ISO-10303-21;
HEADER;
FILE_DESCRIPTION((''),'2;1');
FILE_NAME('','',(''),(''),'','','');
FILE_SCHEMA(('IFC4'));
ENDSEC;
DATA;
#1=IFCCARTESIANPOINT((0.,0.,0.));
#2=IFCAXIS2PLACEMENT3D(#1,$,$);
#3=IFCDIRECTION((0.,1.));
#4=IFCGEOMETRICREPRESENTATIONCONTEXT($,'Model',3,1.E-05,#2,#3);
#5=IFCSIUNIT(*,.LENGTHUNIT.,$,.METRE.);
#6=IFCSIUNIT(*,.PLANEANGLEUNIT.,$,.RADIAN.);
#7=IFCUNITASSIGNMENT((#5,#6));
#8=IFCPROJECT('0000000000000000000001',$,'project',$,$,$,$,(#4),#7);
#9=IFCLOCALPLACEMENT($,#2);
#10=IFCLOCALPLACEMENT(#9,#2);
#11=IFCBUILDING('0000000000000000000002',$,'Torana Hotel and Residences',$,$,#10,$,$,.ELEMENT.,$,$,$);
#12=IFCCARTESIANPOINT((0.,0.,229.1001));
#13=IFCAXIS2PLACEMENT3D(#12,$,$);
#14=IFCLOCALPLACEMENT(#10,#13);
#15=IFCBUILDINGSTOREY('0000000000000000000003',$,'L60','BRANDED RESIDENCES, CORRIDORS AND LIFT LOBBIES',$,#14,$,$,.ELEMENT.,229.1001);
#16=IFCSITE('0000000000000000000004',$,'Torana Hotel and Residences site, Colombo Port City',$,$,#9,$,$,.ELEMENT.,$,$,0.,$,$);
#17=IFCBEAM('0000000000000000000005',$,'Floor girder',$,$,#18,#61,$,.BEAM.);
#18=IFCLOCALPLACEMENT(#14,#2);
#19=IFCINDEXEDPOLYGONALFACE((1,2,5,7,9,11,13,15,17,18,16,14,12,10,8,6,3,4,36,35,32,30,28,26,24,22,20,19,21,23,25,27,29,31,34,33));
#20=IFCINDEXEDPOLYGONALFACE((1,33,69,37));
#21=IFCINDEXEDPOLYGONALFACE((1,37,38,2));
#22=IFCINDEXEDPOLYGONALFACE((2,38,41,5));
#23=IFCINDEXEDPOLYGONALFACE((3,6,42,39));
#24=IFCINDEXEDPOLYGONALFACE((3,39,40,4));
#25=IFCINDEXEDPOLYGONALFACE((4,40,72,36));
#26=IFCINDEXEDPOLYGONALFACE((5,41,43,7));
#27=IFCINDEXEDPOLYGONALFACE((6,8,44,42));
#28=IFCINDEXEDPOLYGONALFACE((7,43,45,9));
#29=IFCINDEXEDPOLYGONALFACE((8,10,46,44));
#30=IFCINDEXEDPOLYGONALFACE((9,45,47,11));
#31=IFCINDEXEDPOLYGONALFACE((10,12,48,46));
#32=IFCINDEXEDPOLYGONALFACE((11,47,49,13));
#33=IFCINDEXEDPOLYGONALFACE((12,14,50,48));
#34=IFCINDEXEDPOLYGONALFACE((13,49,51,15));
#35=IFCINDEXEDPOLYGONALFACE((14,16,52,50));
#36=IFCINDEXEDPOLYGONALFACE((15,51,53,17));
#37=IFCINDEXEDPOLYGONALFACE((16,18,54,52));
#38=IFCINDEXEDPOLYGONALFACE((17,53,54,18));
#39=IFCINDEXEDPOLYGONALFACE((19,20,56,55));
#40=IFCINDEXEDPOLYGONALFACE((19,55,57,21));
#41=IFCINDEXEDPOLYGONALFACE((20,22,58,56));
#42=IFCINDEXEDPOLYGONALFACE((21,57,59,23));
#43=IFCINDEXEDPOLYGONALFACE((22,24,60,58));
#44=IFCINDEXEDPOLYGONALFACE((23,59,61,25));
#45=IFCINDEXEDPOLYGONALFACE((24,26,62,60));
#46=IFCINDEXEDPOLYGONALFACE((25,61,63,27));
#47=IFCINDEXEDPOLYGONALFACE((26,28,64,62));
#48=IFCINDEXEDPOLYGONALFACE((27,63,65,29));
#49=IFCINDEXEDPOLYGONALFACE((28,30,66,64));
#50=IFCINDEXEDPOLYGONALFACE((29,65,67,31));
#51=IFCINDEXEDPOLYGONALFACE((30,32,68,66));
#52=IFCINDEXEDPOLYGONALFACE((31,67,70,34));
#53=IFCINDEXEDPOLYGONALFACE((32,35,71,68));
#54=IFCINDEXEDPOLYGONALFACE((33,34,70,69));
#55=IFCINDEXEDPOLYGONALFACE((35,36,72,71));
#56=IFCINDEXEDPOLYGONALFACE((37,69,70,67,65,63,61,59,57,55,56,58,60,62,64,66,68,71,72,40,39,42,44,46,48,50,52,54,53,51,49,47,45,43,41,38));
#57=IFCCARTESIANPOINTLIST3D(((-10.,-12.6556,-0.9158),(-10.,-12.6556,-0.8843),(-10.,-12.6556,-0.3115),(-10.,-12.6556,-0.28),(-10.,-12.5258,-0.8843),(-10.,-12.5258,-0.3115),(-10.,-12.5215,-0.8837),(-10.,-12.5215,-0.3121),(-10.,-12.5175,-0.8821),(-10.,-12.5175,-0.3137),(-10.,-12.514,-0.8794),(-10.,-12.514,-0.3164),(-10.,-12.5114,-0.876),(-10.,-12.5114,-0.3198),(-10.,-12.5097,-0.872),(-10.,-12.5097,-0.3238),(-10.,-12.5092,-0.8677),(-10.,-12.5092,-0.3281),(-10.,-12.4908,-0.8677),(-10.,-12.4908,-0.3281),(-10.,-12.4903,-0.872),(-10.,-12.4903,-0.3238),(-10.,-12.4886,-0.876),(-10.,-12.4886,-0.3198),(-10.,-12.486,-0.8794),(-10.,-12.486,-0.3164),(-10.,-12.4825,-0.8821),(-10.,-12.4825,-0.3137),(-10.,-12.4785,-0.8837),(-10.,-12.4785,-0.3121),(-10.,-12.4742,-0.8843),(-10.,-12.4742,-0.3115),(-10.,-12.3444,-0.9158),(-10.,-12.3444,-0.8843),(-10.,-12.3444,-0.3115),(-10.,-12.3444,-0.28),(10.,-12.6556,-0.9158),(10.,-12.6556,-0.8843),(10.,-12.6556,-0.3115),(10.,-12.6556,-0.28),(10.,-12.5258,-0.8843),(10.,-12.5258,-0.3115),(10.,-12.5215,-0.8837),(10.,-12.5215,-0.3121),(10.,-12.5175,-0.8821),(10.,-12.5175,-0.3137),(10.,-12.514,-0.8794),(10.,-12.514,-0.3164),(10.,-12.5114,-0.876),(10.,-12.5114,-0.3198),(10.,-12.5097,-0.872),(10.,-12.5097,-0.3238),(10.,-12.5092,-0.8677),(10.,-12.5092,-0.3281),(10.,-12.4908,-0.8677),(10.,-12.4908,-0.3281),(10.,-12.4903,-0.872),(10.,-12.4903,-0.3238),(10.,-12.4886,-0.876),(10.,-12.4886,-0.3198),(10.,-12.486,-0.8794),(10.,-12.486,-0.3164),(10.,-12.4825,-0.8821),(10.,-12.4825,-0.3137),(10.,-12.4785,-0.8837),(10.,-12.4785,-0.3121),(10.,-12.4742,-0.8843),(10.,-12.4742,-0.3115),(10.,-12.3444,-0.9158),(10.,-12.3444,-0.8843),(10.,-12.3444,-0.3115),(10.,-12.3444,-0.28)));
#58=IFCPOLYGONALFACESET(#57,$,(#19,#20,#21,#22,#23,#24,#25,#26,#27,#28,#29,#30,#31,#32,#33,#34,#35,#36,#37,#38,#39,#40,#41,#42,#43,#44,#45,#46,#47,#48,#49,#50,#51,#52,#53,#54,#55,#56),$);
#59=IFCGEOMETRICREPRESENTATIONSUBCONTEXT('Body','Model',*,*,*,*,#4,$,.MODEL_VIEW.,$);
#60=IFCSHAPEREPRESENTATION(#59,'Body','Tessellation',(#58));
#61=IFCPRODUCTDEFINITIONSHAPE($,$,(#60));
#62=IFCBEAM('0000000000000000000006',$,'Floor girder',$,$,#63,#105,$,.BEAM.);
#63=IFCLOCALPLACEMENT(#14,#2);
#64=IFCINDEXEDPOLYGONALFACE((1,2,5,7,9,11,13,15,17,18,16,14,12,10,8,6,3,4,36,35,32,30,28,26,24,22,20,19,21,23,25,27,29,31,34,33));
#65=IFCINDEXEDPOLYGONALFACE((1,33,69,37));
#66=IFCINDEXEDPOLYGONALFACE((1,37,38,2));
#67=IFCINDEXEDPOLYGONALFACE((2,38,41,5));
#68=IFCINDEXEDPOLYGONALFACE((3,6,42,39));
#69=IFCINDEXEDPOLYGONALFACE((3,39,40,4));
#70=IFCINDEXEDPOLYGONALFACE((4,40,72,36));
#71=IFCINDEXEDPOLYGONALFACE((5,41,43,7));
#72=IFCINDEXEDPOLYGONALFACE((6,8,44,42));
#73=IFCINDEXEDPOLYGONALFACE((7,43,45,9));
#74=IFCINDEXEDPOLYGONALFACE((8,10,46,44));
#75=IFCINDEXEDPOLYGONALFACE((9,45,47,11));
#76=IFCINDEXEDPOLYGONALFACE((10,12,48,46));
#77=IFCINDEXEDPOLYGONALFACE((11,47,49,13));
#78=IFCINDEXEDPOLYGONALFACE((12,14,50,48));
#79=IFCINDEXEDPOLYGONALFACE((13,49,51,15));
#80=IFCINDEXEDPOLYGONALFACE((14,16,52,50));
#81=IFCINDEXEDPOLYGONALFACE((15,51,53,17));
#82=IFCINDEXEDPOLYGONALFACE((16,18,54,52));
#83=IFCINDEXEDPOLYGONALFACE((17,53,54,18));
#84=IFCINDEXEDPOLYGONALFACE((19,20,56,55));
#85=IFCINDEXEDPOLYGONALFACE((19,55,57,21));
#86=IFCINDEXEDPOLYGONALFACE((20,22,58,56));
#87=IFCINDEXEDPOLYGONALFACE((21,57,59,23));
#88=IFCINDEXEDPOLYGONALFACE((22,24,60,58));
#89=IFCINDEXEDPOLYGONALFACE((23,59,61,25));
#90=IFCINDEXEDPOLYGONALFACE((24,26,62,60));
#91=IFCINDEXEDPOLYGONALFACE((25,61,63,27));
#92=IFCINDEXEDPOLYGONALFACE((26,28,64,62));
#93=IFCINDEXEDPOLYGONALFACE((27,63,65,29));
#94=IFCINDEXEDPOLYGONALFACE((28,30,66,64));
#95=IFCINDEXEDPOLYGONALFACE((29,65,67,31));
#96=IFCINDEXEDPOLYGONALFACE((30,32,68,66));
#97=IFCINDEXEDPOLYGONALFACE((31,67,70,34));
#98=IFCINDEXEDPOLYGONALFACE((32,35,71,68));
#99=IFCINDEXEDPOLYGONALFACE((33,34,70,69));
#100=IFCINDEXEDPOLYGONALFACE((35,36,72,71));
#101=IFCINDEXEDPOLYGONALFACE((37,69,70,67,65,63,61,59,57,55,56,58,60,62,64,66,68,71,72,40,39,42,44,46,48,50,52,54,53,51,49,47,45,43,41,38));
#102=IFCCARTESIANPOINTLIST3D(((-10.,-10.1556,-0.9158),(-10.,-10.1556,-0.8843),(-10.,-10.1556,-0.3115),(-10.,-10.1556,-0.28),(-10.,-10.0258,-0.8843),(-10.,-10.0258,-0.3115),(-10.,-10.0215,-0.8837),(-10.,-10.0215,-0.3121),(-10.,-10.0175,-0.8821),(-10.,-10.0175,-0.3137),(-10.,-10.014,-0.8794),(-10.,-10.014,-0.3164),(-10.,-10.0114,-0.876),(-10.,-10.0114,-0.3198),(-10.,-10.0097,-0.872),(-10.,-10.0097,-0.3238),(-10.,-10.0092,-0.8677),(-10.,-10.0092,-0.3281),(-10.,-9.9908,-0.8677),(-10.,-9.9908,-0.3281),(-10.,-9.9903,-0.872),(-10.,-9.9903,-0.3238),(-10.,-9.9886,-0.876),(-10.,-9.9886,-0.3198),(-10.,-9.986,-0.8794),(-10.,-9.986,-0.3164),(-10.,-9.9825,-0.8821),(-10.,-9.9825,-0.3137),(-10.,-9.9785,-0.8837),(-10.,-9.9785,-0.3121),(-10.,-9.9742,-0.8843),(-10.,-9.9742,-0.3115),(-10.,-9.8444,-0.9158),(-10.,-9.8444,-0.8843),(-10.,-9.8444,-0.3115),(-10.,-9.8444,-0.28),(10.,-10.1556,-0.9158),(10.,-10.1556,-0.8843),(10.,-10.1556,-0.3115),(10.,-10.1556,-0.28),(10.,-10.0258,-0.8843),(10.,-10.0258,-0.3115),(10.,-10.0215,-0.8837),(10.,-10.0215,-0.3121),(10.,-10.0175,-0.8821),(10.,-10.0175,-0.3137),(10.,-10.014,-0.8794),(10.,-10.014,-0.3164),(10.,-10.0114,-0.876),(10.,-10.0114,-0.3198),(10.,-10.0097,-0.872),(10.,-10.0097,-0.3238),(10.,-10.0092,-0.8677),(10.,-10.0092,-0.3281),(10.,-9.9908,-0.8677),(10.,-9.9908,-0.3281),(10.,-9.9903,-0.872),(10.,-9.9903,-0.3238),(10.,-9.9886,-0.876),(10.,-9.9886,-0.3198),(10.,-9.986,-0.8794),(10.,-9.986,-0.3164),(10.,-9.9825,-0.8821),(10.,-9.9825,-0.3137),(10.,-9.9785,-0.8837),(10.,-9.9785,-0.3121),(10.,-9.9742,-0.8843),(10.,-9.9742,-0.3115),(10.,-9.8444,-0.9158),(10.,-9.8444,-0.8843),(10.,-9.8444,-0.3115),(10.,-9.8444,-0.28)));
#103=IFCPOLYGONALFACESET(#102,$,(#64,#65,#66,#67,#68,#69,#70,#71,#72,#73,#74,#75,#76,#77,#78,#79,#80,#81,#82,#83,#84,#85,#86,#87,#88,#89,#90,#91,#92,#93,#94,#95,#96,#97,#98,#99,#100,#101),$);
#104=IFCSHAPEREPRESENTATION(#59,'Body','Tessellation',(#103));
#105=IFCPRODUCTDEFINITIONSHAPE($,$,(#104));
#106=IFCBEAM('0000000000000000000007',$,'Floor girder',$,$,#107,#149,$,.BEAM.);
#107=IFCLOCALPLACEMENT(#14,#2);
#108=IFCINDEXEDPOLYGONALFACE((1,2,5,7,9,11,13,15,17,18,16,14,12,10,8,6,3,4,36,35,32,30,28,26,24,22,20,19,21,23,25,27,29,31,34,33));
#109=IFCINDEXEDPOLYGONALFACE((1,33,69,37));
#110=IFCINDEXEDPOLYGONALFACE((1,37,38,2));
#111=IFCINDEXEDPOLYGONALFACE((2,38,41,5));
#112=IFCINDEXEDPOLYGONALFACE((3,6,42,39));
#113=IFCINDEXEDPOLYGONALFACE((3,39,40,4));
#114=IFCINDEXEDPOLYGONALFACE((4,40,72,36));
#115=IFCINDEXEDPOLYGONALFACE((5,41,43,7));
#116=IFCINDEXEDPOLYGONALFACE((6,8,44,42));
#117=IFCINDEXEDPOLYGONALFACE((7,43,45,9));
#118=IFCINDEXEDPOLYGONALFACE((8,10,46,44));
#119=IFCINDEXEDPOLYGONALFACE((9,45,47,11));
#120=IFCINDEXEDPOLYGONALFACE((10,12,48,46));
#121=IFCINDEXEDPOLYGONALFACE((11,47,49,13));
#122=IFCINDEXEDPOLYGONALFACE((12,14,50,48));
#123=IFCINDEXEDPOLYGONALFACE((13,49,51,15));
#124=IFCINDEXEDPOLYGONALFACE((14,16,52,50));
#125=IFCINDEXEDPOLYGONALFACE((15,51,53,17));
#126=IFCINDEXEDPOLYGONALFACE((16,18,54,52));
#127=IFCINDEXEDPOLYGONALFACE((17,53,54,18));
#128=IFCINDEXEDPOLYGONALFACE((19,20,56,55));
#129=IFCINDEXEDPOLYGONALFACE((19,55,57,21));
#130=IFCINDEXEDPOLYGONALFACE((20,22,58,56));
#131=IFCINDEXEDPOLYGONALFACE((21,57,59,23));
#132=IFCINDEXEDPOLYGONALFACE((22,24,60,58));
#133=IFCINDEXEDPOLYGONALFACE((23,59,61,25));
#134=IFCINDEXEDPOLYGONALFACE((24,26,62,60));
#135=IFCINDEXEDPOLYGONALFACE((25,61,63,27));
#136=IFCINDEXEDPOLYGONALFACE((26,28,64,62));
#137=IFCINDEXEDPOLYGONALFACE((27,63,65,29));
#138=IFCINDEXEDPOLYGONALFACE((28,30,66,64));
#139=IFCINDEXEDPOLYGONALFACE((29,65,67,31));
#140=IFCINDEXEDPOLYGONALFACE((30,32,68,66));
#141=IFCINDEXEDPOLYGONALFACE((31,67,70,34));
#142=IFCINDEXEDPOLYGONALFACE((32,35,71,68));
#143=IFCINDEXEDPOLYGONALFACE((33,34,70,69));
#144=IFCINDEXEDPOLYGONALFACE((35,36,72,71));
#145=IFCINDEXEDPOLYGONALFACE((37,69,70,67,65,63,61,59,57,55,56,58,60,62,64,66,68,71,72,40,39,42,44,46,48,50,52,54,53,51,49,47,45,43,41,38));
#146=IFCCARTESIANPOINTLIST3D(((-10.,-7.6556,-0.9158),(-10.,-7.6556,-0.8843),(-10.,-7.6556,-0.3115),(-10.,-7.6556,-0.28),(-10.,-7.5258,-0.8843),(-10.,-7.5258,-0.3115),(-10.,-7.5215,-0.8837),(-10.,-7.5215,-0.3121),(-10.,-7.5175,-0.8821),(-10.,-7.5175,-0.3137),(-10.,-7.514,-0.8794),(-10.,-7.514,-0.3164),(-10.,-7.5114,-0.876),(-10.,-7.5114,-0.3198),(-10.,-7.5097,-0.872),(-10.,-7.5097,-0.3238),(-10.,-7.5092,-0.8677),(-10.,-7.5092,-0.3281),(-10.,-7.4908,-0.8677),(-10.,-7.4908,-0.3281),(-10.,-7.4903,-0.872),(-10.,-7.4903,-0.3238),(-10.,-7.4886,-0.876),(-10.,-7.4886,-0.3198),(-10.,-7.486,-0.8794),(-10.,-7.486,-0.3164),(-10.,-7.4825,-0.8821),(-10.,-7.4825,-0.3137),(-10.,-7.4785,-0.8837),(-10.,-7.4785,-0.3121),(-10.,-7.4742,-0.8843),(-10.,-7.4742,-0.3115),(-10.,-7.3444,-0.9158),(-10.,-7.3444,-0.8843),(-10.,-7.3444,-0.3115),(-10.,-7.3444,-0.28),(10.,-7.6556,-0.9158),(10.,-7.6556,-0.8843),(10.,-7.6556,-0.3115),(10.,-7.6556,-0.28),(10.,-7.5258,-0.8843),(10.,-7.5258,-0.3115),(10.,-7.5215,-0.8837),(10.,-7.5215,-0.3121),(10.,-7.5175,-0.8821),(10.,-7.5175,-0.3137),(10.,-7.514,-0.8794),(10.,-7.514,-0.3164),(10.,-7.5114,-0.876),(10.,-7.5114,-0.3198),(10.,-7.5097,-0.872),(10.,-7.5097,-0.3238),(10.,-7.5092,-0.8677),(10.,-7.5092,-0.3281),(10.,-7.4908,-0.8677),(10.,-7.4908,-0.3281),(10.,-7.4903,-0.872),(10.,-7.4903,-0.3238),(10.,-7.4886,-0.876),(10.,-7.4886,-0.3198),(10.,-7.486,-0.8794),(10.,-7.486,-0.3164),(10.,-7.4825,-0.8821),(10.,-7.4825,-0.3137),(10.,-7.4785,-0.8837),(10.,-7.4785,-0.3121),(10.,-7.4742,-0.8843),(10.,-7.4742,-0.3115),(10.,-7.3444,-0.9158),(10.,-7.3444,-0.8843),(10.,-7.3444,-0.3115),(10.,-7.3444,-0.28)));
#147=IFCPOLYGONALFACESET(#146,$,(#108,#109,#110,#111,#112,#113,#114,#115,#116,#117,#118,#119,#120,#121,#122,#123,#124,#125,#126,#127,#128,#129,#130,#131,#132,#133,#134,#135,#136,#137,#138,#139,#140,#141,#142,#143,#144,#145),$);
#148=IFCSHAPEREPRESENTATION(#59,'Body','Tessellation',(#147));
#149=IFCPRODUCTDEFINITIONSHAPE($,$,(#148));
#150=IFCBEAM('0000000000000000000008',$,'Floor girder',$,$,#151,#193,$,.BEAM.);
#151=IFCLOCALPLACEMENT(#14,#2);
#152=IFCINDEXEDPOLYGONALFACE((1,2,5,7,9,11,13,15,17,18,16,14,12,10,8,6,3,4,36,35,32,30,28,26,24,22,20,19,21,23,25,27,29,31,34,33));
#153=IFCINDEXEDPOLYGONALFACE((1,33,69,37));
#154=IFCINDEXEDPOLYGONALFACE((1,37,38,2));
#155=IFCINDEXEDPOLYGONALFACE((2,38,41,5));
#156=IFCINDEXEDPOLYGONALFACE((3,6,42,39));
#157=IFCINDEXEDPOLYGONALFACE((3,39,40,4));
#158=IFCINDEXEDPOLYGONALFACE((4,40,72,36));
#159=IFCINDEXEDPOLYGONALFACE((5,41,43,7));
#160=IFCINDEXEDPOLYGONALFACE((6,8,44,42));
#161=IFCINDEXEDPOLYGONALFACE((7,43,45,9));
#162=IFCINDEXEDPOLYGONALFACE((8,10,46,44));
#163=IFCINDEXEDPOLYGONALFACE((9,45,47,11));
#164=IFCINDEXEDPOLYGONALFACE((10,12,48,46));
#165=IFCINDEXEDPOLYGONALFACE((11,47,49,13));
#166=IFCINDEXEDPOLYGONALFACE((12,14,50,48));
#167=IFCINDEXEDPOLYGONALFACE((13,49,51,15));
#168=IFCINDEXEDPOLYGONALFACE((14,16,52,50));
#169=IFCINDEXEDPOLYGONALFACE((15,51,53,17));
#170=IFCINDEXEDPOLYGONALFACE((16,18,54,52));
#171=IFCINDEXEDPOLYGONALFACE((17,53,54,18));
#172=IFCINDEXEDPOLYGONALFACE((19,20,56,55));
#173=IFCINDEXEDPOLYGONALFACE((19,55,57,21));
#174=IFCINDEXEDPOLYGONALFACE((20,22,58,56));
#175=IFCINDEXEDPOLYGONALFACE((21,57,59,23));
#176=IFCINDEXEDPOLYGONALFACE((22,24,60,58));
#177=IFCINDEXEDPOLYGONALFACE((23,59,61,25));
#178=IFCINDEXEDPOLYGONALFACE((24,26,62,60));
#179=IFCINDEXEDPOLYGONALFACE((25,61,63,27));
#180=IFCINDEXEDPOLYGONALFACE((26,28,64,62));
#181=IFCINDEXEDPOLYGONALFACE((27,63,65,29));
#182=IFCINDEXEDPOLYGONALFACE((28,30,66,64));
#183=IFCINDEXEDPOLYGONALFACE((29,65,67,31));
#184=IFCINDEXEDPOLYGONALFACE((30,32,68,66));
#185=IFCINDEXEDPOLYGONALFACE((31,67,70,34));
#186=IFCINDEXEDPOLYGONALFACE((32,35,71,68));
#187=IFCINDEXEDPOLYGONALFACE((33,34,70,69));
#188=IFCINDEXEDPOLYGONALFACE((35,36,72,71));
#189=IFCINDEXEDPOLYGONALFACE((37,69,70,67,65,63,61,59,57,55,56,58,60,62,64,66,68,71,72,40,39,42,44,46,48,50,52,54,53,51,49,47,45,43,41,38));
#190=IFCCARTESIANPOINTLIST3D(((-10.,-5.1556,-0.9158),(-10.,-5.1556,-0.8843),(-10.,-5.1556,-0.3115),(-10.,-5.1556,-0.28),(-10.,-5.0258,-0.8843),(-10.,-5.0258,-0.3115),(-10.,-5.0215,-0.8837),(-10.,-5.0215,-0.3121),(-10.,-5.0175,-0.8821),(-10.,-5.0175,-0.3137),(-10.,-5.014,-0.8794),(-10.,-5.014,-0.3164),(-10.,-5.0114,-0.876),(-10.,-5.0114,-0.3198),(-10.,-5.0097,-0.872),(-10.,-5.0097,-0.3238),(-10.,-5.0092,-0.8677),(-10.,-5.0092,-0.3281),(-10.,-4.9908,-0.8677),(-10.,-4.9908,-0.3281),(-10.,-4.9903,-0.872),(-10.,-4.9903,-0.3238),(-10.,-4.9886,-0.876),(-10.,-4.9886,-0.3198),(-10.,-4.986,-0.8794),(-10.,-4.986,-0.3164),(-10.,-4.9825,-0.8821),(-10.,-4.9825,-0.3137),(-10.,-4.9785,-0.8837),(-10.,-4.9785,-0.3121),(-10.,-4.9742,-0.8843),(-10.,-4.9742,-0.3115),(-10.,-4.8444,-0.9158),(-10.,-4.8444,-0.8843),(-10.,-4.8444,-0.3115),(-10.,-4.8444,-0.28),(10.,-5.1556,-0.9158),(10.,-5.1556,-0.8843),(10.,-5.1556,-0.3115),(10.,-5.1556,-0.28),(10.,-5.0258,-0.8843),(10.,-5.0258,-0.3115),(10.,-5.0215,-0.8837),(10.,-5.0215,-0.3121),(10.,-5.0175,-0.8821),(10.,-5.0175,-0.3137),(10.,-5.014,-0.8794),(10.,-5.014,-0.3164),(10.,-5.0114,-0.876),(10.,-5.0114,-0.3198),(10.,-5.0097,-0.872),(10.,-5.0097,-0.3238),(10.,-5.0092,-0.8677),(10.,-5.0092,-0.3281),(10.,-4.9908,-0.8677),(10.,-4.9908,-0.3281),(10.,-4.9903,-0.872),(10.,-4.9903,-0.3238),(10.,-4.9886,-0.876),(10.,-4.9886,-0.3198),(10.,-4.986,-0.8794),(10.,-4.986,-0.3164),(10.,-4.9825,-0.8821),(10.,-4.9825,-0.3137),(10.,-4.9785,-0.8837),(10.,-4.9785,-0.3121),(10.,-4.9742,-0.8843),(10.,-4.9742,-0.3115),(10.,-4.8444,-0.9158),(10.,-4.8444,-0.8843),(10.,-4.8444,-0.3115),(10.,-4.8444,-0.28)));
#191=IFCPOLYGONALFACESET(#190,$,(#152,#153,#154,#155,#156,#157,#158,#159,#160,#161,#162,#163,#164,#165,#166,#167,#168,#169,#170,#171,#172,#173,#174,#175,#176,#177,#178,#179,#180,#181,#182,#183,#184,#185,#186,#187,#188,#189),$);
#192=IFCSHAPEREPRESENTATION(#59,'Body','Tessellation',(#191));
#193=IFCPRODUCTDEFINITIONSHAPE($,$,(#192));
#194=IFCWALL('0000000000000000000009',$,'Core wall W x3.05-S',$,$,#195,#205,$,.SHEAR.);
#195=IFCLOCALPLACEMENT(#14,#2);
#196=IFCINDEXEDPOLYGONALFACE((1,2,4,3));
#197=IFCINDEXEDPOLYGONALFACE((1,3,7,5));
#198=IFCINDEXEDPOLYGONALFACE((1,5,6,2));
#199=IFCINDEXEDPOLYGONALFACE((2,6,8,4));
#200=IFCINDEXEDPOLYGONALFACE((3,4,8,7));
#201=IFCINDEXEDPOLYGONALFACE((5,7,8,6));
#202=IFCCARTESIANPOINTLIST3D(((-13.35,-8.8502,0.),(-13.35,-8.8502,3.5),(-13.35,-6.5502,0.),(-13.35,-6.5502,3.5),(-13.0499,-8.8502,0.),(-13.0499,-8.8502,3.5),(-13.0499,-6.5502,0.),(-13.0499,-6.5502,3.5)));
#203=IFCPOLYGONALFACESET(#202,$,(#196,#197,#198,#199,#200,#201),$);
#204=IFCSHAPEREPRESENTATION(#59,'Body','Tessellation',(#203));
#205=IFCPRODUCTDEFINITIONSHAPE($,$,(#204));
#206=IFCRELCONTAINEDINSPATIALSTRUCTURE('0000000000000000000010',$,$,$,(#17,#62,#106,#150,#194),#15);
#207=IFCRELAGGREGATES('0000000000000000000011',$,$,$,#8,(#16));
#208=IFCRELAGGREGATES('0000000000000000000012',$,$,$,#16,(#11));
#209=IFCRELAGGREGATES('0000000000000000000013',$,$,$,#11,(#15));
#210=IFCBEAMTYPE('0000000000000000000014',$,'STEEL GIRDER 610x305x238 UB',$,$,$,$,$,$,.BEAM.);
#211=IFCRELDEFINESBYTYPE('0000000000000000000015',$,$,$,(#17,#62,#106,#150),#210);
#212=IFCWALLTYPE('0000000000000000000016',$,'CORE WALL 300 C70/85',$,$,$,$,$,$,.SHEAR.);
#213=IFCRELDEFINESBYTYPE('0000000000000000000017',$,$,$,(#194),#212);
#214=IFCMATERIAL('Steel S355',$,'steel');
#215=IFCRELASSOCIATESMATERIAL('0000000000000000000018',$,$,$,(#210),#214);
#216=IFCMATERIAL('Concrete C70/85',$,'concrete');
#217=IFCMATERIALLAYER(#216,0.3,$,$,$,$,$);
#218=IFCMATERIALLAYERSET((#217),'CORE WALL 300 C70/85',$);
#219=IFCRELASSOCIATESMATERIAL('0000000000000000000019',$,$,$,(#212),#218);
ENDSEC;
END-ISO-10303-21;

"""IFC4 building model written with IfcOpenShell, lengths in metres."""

from ifc_helpers import new_model, si_unit, direction, frame, frame_2d, origin, origin_2d, place, context, subcontext, project, spatial, rectangle, i_section, extrude, material, layer, layer_set, material_profile, profile_set, type_object, element, save


model = new_model("IFC4")

# Units and contexts
model_context = context("Model", 3, precision=1e-05, world=origin(), true_north=direction((0.0, 1.0)))
body_context = subcontext(model_context, "Body", "Model", "MODEL_VIEW")
ifc_project = project(units=[si_unit("LENGTHUNIT", "METRE"), si_unit("PLANEANGLEUNIT", "RADIAN")], contexts=[model_context])

# Site, building, storey
site_placement = place(None, origin())
site = spatial("IfcSite", under=ifc_project, at=site_placement, Name="Torana Hotel and Residences site, Colombo Port City", CompositionType="ELEMENT", RefElevation=0.0)
building_placement = place(site_placement, origin())
building = spatial("IfcBuilding", under=site, at=building_placement, Name="Torana Hotel and Residences", CompositionType="ELEMENT")
storey_placement = place(building_placement, frame((0.0, 0.0, 229.1001)))
storey = spatial("IfcBuildingStorey", under=building, at=storey_placement, Name="L60", Description="BRANDED RESIDENCES, CORRIDORS AND LIFT LOBBIES", CompositionType="ELEMENT", Elevation=229.1001)

# Beams
ifc_material_1 = material(Name="Steel S355", Category="steel")
ifc_material_profile = material_profile(ifc_material_1, i_section(OverallWidth=0.3113, OverallDepth=0.6357, WebThickness=0.0183, FlangeThickness=0.0315, FilletRadius=0.0166, at=origin_2d()), Name="610x305x238 UB")
ifc_profile_set = profile_set([ifc_material_profile], Name="Steel S355")
beam_type = type_object("IfcBeamType", Name="STEEL GIRDER 610x305x238 UB", PredefinedType="BEAM", material=ifc_profile_set)
for number, where, z_axis, x_axis, name in (
    (1, (-10.0, -12.5, -0.5979), (1.0, 0.0, 0.0), (0.0, 1.0, 0.0), "Floor girder"),
    (2, (-10.0, -10.0, -0.5979), (1.0, 0.0, 0.0), (0.0, 1.0, 0.0), "Floor girder"),
    (3, (-10.0, -7.5, -0.5979), (1.0, 0.0, 0.0), (0.0, 1.0, 0.0), "Floor girder"),
    (4, (-10.0, -5.0, -0.5979), (1.0, 0.0, 0.0), (0.0, 1.0, 0.0), "Floor girder"),
):
    element("IfcBeam", number, at=place(storey_placement, frame(where, z_axis=z_axis, x_axis=x_axis)), inside=storey, type_object=beam_type, Name=name, PredefinedType="BEAM", context=body_context, shape_type="SweptSolid", body=[
        extrude(i_section(OverallWidth=0.3113, OverallDepth=0.6357, WebThickness=0.0183, FlangeThickness=0.0315, FilletRadius=0.0166, at=origin_2d()), origin(), (0.0, 0.0, 1.0), 20.0),
    ])

# Wall
ifc_material_2 = material(Name="Concrete C70/85", Category="concrete")
ifc_layer_1 = layer(ifc_material_2, 0.3)
ifc_layer_set_1 = layer_set([ifc_layer_1], Name="CORE WALL 300 C70/85")
wall_type_1 = type_object("IfcWallType", Name="CORE WALL 300 C70/85", PredefinedType="SHEAR", material=ifc_layer_set_1)
wall_1_placement = place(storey_placement, frame((-13.2, -8.8501, 0.0), z_axis=(0.0, 0.0, 1.0), x_axis=(0.0, 1.0, 0.0)))
element("IfcWall", 5, at=wall_1_placement, inside=storey, type_object=wall_type_1, Name="Core wall W x3.05-S", PredefinedType="SHEAR", context=body_context, shape_type="SweptSolid", body=[
    extrude(rectangle(XDim=2.3, YDim=0.3, at=frame_2d((1.1499, 0.0))), origin(), (0.0, 0.0, 1.0), 3.5),
])

save(model, "model.ifc")
